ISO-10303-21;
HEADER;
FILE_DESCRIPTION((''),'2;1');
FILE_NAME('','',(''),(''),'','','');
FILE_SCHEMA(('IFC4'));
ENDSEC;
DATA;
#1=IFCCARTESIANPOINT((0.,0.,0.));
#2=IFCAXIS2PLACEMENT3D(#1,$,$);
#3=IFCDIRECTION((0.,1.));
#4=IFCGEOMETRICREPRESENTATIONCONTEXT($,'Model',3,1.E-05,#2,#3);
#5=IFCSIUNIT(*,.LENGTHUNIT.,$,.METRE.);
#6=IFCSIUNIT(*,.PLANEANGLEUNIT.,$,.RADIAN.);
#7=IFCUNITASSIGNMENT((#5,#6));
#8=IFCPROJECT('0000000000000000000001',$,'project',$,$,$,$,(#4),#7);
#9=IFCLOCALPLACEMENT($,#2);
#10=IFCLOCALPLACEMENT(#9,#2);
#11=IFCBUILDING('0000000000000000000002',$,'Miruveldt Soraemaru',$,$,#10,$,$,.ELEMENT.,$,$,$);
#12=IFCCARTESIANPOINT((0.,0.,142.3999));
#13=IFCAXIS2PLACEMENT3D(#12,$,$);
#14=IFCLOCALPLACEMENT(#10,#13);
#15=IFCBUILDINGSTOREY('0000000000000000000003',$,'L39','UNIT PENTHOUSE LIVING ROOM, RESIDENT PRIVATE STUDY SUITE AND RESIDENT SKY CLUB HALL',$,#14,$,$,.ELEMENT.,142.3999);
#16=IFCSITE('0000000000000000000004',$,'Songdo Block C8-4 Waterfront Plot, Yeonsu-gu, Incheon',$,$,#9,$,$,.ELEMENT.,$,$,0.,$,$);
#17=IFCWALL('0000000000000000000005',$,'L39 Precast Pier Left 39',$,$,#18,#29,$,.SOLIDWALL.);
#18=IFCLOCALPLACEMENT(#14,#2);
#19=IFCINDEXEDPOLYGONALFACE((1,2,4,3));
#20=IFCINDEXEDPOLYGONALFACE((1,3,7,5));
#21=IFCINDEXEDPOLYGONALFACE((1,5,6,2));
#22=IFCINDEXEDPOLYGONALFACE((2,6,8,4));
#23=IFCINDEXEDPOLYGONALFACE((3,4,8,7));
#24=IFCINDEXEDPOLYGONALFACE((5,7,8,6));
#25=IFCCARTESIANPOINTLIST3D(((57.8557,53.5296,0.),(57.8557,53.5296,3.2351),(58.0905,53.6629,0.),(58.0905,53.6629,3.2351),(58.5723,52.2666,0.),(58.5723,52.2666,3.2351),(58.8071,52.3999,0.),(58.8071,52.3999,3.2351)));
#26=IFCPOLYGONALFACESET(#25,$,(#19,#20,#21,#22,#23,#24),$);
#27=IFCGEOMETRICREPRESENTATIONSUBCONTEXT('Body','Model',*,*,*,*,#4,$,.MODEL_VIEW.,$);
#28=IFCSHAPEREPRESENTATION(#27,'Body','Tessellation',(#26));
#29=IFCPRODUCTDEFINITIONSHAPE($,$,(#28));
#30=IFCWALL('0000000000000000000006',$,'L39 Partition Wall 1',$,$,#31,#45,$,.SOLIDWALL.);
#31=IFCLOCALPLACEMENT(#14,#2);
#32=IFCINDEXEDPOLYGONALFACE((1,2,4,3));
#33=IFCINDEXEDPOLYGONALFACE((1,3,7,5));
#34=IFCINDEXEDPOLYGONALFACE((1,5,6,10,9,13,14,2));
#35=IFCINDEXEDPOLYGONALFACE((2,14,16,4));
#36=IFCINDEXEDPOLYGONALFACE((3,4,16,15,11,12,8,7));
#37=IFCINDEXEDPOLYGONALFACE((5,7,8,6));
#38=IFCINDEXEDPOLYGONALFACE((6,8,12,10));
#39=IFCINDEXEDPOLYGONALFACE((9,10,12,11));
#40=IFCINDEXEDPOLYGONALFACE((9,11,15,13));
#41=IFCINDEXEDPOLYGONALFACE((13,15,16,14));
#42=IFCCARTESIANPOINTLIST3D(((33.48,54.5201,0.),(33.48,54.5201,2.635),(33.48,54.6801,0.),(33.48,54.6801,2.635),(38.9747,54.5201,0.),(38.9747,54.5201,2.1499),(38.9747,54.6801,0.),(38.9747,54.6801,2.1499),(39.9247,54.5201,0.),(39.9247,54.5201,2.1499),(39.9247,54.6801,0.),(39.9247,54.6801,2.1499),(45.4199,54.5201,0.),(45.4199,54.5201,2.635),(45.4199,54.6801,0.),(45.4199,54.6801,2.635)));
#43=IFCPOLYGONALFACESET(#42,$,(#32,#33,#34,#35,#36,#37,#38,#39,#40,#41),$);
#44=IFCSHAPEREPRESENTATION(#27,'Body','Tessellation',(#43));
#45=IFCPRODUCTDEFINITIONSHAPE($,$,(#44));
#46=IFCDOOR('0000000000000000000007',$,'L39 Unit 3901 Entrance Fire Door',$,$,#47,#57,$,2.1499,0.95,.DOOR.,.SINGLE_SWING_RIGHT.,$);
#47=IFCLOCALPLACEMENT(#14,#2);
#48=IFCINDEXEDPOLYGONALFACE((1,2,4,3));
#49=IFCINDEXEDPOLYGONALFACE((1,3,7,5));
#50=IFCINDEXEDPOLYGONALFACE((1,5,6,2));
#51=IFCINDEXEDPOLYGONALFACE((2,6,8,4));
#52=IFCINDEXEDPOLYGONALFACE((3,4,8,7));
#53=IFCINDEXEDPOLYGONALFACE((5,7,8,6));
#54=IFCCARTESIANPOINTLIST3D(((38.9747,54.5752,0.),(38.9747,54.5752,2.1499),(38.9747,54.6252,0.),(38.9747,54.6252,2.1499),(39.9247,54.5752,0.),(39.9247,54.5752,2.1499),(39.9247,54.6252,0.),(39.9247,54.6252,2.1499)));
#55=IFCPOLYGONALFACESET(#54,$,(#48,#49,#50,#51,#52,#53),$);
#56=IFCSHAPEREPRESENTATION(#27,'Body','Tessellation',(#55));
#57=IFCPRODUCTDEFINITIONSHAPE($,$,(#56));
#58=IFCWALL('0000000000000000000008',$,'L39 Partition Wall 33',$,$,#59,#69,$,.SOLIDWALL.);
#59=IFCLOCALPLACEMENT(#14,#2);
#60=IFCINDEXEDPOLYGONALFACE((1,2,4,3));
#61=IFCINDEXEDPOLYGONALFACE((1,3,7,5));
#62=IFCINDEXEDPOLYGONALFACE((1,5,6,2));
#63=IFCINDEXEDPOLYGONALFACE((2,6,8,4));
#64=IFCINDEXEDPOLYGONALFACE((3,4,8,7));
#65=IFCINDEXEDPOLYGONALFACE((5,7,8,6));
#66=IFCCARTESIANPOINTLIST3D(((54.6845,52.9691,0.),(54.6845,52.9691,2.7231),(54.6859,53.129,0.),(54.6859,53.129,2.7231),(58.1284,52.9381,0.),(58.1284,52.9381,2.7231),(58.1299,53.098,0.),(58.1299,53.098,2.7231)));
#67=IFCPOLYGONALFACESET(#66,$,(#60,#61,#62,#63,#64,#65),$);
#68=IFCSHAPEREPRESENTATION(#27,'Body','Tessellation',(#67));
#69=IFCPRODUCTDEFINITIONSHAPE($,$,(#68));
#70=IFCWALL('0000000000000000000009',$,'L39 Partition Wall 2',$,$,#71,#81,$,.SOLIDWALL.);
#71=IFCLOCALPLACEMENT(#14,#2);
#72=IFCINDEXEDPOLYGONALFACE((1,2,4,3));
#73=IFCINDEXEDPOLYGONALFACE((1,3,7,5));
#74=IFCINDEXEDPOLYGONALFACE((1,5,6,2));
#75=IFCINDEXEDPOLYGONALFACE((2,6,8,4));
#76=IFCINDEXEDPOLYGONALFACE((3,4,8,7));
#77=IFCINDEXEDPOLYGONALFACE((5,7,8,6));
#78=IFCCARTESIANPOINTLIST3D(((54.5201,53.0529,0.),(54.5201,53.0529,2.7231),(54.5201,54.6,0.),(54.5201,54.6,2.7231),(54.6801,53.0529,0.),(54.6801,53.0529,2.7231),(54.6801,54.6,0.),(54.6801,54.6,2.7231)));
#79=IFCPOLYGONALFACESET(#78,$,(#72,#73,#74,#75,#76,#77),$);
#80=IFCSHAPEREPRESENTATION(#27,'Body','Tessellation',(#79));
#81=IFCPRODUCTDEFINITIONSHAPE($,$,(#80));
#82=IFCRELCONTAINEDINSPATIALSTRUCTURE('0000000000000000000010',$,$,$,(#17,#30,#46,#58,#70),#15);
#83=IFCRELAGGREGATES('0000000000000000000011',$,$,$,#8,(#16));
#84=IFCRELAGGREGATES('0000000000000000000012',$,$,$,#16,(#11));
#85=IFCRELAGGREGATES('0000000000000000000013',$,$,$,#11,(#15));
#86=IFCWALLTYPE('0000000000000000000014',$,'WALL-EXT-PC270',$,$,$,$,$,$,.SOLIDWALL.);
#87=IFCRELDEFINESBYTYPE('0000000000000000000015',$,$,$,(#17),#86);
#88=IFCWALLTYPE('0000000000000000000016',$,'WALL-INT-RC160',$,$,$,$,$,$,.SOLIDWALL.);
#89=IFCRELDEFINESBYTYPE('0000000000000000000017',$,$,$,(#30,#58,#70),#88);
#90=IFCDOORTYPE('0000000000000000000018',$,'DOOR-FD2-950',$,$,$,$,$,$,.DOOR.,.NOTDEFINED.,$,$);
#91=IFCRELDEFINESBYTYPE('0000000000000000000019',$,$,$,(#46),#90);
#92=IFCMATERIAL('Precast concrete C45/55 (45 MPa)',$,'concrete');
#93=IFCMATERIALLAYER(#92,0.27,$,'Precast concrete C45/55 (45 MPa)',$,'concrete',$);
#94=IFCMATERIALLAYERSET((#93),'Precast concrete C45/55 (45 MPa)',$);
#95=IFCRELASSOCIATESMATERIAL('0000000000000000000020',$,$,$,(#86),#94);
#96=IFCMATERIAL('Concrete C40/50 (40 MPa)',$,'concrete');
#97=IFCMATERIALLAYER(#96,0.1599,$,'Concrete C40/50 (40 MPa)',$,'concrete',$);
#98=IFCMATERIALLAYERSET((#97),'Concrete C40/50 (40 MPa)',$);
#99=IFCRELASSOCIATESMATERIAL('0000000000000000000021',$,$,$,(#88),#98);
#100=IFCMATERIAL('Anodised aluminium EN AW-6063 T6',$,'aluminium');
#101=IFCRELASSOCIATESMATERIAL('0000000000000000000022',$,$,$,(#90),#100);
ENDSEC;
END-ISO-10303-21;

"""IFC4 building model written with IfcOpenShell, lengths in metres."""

from ifc_helpers import new_model, si_unit, direction, frame, frame_2d, origin, place, context, subcontext, project, spatial, rectangle, extrude, material, layer, layer_set, type_object, element, fill, save


model = new_model("IFC4")

# Units and contexts
model_context = context("Model", 3, precision=1e-05, world=origin(), true_north=direction((0.0, 1.0)))
body_context = subcontext(model_context, "Body", "Model", "MODEL_VIEW")
ifc_project = project(units=[si_unit("LENGTHUNIT", "METRE"), si_unit("PLANEANGLEUNIT", "RADIAN")], contexts=[model_context])

# Site, building, storey
site_placement = place(None, origin())
site = spatial("IfcSite", under=ifc_project, at=site_placement, Name="Songdo Block C8-4 Waterfront Plot, Yeonsu-gu, Incheon", CompositionType="ELEMENT", RefElevation=0.0)
building_placement = place(site_placement, origin())
building = spatial("IfcBuilding", under=site, at=building_placement, Name="Miruveldt Soraemaru", CompositionType="ELEMENT")
storey_placement = place(building_placement, frame((0.0, 0.0, 142.3999)))
storey = spatial("IfcBuildingStorey", under=building, at=storey_placement, Name="L39", Description="UNIT PENTHOUSE LIVING ROOM, RESIDENT PRIVATE STUDY SUITE AND RESIDENT SKY CLUB HALL", CompositionType="ELEMENT", Elevation=142.3999)

# Shared definitions
ifc_material_1 = material(Name="Anodised aluminium EN AW-6063 T6", Category="aluminium")

# Wall
ifc_material_2 = material(Name="Precast concrete C45/55 (45 MPa)", Category="concrete")
ifc_layer_1 = layer(ifc_material_2, 0.27, Name="Precast concrete C45/55 (45 MPa)", Category="concrete")
ifc_layer_set_1 = layer_set([ifc_layer_1], Name="Precast concrete C45/55 (45 MPa)")
wall_type_1 = type_object("IfcWallType", Name="WALL-EXT-PC270", PredefinedType="SOLIDWALL", material=ifc_layer_set_1)
wall_1_placement = place(storey_placement, frame((58.6897, 52.3333, 0.0), z_axis=(0.0, 0.0, 1.0), x_axis=(-0.493475, 0.86976, 0.0)))
element("IfcWall", 1, at=wall_1_placement, inside=storey, type_object=wall_type_1, Name="L39 Precast Pier Left 39", PredefinedType="SOLIDWALL", context=body_context, shape_type="SweptSolid", body=[
    extrude(rectangle(XDim=1.4521, YDim=0.27, at=frame_2d((0.7261, 0.0))), origin(), (0.0, 0.0, 1.0), 3.2351),
])

# Wall, opening, door
ifc_material_3 = material(Name="Concrete C40/50 (40 MPa)", Category="concrete")
ifc_layer_2 = layer(ifc_material_3, 0.1599, Name="Concrete C40/50 (40 MPa)", Category="concrete")
ifc_layer_set_2 = layer_set([ifc_layer_2], Name="Concrete C40/50 (40 MPa)")
wall_type_2 = type_object("IfcWallType", Name="WALL-INT-RC160", PredefinedType="SOLIDWALL", material=ifc_layer_set_2)
wall_2_placement = place(storey_placement, frame((45.4199, 54.6001, 0.0), z_axis=(0.0, 0.0, 1.0), x_axis=(-1.0, 0.0, 0.0)))
wall_2 = element("IfcWall", 2, at=wall_2_placement, inside=storey, type_object=wall_type_2, Name="L39 Partition Wall 1", PredefinedType="SOLIDWALL", context=body_context, shape_type="SweptSolid", body=[
    extrude(rectangle(XDim=11.9399, YDim=0.1599, at=frame_2d((5.97, 0.0))), origin(), (0.0, 0.0, 1.0), 2.635),
])
opening_1_placement = place(wall_2_placement, frame((5.4951, 0.0, 0.0)))
opening_1 = element("IfcOpeningElement", 3, at=opening_1_placement, cuts=wall_2, PredefinedType="OPENING", context=body_context, shape_type="SweptSolid", body=[
    extrude(rectangle(XDim=0.95, YDim=2.1499, at=frame_2d((0.4751, 1.075))), frame((0.0, 0.0898, 0.0), z_axis=(0.0, -1.0, 0.0), x_axis=(1.0, 0.0, 0.0)), (0.0, 0.0, 1.0), 0.1799),
])
door_type_1 = type_object("IfcDoorType", Name="DOOR-FD2-950", OperationType="NOTDEFINED", PredefinedType="DOOR", material=ifc_material_1)
door_1_placement = place(opening_1_placement, origin())
door_1 = element("IfcDoor", 4, at=door_1_placement, inside=storey, type_object=door_type_1, Name="L39 Unit 3901 Entrance Fire Door", OperationType="SINGLE_SWING_RIGHT", OverallHeight=2.1499, OverallWidth=0.95, PredefinedType="DOOR", context=body_context, shape_type="SweptSolid", body=[
    extrude(rectangle(XDim=0.95, YDim=2.1499, at=frame_2d((0.4751, 1.075))), frame((0.0, 0.0249, 0.0), z_axis=(0.0, -1.0, 0.0), x_axis=(1.0, 0.0, 0.0)), (0.0, 0.0, 1.0), 0.05),
])
fill(opening_1, door_1)

# Walls
wall_3_placement = place(storey_placement, frame((54.6851, 53.0491, 0.0), z_axis=(0.0, 0.0, 1.0), x_axis=(0.999959, -0.009003, 0.0)))
element("IfcWall", 5, at=wall_3_placement, inside=storey, type_object=wall_type_2, Name="L39 Partition Wall 33", PredefinedType="SOLIDWALL", context=body_context, shape_type="SweptSolid", body=[
    extrude(rectangle(XDim=3.4441, YDim=0.1599, at=frame_2d((1.7222, 0.0))), origin(), (0.0, 0.0, 1.0), 2.7231),
])
wall_4_placement = place(storey_placement, frame((54.6001, 53.053, 0.0), z_axis=(0.0, 0.0, 1.0), x_axis=(0.0, 1.0, 0.0)))
element("IfcWall", 6, at=wall_4_placement, inside=storey, type_object=wall_type_2, Name="L39 Partition Wall 2", PredefinedType="SOLIDWALL", context=body_context, shape_type="SweptSolid", body=[
    extrude(rectangle(XDim=1.5471, YDim=0.1599, at=frame_2d((0.7734, 0.0))), origin(), (0.0, 0.0, 1.0), 2.7231),
])

save(model, "model.ifc")
